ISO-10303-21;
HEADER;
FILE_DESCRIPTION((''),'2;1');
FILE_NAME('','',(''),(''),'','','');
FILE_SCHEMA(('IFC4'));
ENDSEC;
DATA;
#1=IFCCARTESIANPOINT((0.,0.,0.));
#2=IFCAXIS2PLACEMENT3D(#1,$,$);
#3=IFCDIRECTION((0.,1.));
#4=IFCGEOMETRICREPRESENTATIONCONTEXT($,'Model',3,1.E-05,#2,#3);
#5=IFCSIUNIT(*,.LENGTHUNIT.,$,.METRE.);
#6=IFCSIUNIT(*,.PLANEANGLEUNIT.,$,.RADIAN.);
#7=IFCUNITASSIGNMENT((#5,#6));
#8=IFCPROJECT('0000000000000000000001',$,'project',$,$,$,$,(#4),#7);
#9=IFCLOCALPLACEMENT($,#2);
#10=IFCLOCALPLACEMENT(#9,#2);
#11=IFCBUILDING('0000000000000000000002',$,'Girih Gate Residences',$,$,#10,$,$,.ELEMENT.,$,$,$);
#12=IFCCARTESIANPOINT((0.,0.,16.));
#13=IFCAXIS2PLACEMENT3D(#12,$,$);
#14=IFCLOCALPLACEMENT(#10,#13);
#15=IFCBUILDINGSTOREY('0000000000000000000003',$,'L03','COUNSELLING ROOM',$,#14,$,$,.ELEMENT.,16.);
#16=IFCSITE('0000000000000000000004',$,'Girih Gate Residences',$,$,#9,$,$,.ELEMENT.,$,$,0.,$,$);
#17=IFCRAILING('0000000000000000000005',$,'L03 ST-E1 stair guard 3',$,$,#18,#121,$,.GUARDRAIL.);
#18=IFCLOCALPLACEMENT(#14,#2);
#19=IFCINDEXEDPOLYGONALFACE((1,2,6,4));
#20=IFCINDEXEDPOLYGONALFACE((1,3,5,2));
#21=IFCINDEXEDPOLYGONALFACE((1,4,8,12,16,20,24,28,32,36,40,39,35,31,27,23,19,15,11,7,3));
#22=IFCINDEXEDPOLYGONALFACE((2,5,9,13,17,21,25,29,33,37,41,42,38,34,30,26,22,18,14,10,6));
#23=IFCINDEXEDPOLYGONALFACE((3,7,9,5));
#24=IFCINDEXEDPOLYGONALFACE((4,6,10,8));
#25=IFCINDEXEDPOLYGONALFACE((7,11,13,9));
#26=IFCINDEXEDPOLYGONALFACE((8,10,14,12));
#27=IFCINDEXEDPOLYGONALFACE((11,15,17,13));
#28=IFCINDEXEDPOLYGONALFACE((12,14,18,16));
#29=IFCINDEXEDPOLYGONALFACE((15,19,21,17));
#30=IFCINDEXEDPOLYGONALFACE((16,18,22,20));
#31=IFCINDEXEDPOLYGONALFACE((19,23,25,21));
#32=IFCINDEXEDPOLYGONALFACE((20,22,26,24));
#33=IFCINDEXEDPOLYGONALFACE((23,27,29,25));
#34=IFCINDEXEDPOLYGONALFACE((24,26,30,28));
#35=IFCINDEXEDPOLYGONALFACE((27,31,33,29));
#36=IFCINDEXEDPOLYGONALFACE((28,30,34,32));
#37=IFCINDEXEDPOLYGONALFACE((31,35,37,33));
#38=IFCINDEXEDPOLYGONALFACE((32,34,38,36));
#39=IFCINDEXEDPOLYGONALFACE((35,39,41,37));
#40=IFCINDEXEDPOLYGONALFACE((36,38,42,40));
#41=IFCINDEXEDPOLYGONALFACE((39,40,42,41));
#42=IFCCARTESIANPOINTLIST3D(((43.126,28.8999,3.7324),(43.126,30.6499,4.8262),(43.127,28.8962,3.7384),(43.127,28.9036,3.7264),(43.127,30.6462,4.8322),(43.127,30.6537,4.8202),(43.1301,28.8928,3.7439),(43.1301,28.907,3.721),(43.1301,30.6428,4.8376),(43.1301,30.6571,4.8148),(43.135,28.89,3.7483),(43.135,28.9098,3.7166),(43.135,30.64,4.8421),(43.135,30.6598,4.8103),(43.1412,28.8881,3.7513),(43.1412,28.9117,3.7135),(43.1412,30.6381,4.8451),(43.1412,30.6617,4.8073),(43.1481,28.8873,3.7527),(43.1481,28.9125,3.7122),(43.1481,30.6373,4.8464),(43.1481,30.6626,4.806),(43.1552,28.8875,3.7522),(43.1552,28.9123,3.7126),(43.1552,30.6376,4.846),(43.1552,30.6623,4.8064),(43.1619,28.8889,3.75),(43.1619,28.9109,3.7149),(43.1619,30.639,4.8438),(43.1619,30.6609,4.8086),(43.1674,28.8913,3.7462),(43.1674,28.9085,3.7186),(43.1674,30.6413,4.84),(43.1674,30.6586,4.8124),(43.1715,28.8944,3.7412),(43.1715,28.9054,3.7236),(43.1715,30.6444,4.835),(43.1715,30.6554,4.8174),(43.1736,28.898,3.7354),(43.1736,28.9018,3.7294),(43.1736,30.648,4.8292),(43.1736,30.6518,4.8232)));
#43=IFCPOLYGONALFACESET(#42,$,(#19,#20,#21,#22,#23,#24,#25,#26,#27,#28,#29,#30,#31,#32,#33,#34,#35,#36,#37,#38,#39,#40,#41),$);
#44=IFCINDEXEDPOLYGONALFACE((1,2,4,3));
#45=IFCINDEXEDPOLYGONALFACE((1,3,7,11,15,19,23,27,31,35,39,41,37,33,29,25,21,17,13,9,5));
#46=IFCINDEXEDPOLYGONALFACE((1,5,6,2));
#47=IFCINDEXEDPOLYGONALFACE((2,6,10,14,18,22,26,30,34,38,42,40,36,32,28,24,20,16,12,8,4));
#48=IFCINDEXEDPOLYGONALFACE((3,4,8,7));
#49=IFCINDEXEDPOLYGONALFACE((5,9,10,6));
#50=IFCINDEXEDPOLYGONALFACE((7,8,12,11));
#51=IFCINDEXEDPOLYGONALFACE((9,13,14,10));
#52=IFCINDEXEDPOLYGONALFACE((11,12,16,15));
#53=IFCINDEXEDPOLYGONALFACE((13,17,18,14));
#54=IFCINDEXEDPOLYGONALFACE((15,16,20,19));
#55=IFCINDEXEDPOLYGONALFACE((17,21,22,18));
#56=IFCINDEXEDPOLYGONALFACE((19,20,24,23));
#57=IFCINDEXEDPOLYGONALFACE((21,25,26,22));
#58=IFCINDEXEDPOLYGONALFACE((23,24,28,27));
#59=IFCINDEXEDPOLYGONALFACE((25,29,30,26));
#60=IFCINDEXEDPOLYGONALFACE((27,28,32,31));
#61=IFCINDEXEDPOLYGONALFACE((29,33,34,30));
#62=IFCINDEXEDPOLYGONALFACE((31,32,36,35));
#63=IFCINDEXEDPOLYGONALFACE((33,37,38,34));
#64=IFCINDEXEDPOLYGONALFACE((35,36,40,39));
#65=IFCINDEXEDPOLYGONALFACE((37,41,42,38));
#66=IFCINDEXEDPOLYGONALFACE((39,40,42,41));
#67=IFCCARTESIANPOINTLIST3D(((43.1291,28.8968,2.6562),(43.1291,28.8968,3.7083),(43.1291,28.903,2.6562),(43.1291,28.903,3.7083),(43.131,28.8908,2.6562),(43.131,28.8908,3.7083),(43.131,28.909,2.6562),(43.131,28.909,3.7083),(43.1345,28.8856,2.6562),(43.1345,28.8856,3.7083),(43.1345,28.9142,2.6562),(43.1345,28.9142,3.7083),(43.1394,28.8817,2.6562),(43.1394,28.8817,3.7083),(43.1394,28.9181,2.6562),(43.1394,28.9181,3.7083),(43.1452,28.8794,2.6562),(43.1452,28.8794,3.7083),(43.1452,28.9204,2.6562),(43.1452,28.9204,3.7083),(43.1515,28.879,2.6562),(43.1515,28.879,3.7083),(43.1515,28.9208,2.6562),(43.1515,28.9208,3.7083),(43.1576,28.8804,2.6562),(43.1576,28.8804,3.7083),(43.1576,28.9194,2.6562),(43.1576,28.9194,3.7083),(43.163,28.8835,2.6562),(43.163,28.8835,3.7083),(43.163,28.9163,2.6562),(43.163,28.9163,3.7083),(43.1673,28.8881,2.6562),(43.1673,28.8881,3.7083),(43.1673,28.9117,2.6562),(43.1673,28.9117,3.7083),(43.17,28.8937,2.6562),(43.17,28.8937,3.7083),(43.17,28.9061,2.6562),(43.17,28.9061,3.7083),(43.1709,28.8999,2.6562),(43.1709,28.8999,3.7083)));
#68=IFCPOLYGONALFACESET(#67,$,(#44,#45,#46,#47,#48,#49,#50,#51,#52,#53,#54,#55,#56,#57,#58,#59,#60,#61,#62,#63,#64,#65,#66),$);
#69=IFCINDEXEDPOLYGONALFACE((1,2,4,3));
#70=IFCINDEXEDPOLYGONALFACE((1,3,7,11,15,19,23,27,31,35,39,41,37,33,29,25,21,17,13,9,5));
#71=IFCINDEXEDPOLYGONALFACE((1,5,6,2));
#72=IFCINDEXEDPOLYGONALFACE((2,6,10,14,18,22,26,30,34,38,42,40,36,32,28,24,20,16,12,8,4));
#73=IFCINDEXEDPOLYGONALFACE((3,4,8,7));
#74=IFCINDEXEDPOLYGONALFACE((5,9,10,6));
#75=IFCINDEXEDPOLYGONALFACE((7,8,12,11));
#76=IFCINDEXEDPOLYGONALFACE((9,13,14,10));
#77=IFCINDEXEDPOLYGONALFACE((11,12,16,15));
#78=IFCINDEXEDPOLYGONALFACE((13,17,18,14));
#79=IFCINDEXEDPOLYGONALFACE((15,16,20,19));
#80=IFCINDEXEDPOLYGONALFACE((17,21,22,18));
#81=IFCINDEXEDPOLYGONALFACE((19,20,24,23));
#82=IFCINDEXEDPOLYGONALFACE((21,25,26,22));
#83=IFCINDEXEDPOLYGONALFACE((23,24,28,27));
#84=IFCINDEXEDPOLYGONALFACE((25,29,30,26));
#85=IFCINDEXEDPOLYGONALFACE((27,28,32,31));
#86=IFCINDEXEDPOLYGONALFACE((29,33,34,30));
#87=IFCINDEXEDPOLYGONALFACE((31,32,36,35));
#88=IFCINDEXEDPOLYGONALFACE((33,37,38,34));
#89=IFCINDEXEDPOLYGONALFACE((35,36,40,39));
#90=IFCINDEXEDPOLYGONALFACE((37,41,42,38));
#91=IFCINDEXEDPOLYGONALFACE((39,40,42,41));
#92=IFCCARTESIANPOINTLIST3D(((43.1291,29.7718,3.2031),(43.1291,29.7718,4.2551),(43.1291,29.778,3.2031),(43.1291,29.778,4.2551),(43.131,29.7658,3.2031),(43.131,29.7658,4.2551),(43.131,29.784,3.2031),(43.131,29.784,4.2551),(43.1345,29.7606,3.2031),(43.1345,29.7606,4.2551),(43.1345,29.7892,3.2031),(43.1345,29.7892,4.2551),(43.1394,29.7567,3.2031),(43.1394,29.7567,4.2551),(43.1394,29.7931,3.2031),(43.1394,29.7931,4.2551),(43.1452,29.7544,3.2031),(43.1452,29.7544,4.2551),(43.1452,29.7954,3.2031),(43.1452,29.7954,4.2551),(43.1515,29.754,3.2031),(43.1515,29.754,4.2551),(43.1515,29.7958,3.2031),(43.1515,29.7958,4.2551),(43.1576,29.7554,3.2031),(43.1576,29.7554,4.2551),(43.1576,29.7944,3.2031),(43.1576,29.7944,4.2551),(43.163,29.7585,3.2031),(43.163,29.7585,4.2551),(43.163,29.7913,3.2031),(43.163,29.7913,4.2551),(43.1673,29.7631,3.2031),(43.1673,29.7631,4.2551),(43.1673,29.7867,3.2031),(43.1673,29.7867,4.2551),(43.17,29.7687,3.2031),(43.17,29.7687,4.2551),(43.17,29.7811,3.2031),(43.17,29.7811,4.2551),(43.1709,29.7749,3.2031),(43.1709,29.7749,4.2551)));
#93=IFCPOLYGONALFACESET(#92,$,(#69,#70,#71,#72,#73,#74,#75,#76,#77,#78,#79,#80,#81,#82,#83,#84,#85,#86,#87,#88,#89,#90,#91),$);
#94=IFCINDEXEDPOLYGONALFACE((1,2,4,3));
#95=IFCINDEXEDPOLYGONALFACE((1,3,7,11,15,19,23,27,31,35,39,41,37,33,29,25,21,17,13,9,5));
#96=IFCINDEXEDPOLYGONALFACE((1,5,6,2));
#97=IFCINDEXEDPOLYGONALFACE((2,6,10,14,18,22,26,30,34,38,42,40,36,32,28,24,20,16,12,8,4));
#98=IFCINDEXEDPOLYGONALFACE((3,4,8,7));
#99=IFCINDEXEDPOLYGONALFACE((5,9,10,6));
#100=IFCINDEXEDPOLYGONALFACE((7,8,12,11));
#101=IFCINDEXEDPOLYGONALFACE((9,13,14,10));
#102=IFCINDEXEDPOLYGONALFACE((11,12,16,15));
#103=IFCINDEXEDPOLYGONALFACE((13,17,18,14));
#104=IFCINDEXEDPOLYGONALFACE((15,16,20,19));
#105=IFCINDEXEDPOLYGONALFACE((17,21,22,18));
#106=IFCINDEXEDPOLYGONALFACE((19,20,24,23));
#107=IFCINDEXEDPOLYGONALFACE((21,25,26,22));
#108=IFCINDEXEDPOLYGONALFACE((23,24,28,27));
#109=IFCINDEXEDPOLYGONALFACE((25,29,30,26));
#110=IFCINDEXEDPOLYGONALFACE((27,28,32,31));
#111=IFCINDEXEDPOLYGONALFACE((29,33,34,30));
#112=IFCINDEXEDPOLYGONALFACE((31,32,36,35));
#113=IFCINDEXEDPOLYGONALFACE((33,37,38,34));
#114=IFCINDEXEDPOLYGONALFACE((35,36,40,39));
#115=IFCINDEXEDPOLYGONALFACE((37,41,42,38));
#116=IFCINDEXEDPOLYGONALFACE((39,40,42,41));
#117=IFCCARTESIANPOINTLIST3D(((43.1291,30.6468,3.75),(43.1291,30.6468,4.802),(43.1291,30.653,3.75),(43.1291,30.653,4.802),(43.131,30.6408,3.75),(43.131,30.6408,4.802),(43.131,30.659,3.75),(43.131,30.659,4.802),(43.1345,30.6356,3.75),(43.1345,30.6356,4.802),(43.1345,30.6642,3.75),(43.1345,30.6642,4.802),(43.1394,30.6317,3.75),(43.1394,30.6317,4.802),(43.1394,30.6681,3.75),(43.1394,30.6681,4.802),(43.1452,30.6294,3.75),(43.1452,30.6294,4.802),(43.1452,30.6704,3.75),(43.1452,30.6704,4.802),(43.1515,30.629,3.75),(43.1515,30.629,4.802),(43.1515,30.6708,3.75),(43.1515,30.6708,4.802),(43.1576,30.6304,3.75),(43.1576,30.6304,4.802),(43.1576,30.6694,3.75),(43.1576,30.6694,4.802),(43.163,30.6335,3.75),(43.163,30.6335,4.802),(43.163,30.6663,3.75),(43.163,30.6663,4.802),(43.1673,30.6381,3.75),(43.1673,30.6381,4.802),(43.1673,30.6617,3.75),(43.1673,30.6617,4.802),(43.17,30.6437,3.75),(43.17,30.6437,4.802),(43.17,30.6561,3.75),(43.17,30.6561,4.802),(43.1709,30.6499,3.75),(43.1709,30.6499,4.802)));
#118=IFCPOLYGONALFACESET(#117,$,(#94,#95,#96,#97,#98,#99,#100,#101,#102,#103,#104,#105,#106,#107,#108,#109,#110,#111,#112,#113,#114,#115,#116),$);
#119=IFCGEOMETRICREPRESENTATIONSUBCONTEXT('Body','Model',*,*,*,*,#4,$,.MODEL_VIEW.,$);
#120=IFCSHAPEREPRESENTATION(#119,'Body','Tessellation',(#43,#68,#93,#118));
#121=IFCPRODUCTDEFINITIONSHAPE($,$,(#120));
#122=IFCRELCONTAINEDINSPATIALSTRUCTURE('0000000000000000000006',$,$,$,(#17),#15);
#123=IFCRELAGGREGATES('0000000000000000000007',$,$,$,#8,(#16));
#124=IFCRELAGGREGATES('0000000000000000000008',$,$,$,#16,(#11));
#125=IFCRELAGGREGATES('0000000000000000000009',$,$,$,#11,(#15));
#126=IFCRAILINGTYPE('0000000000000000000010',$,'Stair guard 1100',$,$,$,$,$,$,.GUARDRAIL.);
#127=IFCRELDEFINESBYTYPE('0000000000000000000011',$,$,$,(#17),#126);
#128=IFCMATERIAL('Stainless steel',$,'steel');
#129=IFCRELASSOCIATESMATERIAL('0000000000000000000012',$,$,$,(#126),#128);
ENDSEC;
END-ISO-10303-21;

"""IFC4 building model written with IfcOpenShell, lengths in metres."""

from ifc_helpers import new_model, si_unit, direction, frame, origin, origin_2d, place, context, subcontext, project, spatial, circle, extrude, material, type_object, element, save


model = new_model("IFC4")

# Units and contexts
model_context = context("Model", 3, precision=1e-05, world=origin(), true_north=direction((0.0, 1.0)))
body_context = subcontext(model_context, "Body", "Model", "MODEL_VIEW")
ifc_project = project(units=[si_unit("LENGTHUNIT", "METRE"), si_unit("PLANEANGLEUNIT", "RADIAN")], contexts=[model_context])

# Site, building, storey
site_placement = place(None, origin())
site = spatial("IfcSite", under=ifc_project, at=site_placement, Name="Girih Gate Residences", CompositionType="ELEMENT", RefElevation=0.0)
building_placement = place(site_placement, origin())
building = spatial("IfcBuilding", under=site, at=building_placement, Name="Girih Gate Residences", CompositionType="ELEMENT")
storey_placement = place(building_placement, frame((0.0, 0.0, 16.0)))
storey = spatial("IfcBuildingStorey", under=building, at=storey_placement, Name="L03", Description="COUNSELLING ROOM", CompositionType="ELEMENT", Elevation=16.0)

# Railing
ifc_material_1 = material(Name="Stainless steel", Category="steel")
railing_type_1 = type_object("IfcRailingType", Name="Stair guard 1100", PredefinedType="GUARDRAIL", material=ifc_material_1)
railing_1_placement = place(storey_placement, frame((43.1499, 28.8999, 2.6562)))
element("IfcRailing", 1, at=railing_1_placement, inside=storey, type_object=railing_type_1, Name="L03 ST-E1 stair guard 3", PredefinedType="GUARDRAIL", context=body_context, shape_type="SweptSolid", body=[
    extrude(circle(Radius=0.0239, at=origin_2d()), frame((0.0, 0.0, 1.0762), z_axis=(0.0, 0.847998, 0.529999), x_axis=(-1.0, 0.0, 0.0)), (0.0, 0.0, 1.0), 2.0637),
    extrude(circle(Radius=0.021, at=origin_2d()), origin(), (0.0, 0.0, 1.0), 1.052),
    extrude(circle(Radius=0.021, at=origin_2d()), frame((0.0, 0.875, 0.5469)), (0.0, 0.0, 1.0), 1.052),
    extrude(circle(Radius=0.021, at=origin_2d()), frame((0.0, 1.75, 1.0938)), (0.0, 0.0, 1.0), 1.052),
])

save(model, "model.ifc")
